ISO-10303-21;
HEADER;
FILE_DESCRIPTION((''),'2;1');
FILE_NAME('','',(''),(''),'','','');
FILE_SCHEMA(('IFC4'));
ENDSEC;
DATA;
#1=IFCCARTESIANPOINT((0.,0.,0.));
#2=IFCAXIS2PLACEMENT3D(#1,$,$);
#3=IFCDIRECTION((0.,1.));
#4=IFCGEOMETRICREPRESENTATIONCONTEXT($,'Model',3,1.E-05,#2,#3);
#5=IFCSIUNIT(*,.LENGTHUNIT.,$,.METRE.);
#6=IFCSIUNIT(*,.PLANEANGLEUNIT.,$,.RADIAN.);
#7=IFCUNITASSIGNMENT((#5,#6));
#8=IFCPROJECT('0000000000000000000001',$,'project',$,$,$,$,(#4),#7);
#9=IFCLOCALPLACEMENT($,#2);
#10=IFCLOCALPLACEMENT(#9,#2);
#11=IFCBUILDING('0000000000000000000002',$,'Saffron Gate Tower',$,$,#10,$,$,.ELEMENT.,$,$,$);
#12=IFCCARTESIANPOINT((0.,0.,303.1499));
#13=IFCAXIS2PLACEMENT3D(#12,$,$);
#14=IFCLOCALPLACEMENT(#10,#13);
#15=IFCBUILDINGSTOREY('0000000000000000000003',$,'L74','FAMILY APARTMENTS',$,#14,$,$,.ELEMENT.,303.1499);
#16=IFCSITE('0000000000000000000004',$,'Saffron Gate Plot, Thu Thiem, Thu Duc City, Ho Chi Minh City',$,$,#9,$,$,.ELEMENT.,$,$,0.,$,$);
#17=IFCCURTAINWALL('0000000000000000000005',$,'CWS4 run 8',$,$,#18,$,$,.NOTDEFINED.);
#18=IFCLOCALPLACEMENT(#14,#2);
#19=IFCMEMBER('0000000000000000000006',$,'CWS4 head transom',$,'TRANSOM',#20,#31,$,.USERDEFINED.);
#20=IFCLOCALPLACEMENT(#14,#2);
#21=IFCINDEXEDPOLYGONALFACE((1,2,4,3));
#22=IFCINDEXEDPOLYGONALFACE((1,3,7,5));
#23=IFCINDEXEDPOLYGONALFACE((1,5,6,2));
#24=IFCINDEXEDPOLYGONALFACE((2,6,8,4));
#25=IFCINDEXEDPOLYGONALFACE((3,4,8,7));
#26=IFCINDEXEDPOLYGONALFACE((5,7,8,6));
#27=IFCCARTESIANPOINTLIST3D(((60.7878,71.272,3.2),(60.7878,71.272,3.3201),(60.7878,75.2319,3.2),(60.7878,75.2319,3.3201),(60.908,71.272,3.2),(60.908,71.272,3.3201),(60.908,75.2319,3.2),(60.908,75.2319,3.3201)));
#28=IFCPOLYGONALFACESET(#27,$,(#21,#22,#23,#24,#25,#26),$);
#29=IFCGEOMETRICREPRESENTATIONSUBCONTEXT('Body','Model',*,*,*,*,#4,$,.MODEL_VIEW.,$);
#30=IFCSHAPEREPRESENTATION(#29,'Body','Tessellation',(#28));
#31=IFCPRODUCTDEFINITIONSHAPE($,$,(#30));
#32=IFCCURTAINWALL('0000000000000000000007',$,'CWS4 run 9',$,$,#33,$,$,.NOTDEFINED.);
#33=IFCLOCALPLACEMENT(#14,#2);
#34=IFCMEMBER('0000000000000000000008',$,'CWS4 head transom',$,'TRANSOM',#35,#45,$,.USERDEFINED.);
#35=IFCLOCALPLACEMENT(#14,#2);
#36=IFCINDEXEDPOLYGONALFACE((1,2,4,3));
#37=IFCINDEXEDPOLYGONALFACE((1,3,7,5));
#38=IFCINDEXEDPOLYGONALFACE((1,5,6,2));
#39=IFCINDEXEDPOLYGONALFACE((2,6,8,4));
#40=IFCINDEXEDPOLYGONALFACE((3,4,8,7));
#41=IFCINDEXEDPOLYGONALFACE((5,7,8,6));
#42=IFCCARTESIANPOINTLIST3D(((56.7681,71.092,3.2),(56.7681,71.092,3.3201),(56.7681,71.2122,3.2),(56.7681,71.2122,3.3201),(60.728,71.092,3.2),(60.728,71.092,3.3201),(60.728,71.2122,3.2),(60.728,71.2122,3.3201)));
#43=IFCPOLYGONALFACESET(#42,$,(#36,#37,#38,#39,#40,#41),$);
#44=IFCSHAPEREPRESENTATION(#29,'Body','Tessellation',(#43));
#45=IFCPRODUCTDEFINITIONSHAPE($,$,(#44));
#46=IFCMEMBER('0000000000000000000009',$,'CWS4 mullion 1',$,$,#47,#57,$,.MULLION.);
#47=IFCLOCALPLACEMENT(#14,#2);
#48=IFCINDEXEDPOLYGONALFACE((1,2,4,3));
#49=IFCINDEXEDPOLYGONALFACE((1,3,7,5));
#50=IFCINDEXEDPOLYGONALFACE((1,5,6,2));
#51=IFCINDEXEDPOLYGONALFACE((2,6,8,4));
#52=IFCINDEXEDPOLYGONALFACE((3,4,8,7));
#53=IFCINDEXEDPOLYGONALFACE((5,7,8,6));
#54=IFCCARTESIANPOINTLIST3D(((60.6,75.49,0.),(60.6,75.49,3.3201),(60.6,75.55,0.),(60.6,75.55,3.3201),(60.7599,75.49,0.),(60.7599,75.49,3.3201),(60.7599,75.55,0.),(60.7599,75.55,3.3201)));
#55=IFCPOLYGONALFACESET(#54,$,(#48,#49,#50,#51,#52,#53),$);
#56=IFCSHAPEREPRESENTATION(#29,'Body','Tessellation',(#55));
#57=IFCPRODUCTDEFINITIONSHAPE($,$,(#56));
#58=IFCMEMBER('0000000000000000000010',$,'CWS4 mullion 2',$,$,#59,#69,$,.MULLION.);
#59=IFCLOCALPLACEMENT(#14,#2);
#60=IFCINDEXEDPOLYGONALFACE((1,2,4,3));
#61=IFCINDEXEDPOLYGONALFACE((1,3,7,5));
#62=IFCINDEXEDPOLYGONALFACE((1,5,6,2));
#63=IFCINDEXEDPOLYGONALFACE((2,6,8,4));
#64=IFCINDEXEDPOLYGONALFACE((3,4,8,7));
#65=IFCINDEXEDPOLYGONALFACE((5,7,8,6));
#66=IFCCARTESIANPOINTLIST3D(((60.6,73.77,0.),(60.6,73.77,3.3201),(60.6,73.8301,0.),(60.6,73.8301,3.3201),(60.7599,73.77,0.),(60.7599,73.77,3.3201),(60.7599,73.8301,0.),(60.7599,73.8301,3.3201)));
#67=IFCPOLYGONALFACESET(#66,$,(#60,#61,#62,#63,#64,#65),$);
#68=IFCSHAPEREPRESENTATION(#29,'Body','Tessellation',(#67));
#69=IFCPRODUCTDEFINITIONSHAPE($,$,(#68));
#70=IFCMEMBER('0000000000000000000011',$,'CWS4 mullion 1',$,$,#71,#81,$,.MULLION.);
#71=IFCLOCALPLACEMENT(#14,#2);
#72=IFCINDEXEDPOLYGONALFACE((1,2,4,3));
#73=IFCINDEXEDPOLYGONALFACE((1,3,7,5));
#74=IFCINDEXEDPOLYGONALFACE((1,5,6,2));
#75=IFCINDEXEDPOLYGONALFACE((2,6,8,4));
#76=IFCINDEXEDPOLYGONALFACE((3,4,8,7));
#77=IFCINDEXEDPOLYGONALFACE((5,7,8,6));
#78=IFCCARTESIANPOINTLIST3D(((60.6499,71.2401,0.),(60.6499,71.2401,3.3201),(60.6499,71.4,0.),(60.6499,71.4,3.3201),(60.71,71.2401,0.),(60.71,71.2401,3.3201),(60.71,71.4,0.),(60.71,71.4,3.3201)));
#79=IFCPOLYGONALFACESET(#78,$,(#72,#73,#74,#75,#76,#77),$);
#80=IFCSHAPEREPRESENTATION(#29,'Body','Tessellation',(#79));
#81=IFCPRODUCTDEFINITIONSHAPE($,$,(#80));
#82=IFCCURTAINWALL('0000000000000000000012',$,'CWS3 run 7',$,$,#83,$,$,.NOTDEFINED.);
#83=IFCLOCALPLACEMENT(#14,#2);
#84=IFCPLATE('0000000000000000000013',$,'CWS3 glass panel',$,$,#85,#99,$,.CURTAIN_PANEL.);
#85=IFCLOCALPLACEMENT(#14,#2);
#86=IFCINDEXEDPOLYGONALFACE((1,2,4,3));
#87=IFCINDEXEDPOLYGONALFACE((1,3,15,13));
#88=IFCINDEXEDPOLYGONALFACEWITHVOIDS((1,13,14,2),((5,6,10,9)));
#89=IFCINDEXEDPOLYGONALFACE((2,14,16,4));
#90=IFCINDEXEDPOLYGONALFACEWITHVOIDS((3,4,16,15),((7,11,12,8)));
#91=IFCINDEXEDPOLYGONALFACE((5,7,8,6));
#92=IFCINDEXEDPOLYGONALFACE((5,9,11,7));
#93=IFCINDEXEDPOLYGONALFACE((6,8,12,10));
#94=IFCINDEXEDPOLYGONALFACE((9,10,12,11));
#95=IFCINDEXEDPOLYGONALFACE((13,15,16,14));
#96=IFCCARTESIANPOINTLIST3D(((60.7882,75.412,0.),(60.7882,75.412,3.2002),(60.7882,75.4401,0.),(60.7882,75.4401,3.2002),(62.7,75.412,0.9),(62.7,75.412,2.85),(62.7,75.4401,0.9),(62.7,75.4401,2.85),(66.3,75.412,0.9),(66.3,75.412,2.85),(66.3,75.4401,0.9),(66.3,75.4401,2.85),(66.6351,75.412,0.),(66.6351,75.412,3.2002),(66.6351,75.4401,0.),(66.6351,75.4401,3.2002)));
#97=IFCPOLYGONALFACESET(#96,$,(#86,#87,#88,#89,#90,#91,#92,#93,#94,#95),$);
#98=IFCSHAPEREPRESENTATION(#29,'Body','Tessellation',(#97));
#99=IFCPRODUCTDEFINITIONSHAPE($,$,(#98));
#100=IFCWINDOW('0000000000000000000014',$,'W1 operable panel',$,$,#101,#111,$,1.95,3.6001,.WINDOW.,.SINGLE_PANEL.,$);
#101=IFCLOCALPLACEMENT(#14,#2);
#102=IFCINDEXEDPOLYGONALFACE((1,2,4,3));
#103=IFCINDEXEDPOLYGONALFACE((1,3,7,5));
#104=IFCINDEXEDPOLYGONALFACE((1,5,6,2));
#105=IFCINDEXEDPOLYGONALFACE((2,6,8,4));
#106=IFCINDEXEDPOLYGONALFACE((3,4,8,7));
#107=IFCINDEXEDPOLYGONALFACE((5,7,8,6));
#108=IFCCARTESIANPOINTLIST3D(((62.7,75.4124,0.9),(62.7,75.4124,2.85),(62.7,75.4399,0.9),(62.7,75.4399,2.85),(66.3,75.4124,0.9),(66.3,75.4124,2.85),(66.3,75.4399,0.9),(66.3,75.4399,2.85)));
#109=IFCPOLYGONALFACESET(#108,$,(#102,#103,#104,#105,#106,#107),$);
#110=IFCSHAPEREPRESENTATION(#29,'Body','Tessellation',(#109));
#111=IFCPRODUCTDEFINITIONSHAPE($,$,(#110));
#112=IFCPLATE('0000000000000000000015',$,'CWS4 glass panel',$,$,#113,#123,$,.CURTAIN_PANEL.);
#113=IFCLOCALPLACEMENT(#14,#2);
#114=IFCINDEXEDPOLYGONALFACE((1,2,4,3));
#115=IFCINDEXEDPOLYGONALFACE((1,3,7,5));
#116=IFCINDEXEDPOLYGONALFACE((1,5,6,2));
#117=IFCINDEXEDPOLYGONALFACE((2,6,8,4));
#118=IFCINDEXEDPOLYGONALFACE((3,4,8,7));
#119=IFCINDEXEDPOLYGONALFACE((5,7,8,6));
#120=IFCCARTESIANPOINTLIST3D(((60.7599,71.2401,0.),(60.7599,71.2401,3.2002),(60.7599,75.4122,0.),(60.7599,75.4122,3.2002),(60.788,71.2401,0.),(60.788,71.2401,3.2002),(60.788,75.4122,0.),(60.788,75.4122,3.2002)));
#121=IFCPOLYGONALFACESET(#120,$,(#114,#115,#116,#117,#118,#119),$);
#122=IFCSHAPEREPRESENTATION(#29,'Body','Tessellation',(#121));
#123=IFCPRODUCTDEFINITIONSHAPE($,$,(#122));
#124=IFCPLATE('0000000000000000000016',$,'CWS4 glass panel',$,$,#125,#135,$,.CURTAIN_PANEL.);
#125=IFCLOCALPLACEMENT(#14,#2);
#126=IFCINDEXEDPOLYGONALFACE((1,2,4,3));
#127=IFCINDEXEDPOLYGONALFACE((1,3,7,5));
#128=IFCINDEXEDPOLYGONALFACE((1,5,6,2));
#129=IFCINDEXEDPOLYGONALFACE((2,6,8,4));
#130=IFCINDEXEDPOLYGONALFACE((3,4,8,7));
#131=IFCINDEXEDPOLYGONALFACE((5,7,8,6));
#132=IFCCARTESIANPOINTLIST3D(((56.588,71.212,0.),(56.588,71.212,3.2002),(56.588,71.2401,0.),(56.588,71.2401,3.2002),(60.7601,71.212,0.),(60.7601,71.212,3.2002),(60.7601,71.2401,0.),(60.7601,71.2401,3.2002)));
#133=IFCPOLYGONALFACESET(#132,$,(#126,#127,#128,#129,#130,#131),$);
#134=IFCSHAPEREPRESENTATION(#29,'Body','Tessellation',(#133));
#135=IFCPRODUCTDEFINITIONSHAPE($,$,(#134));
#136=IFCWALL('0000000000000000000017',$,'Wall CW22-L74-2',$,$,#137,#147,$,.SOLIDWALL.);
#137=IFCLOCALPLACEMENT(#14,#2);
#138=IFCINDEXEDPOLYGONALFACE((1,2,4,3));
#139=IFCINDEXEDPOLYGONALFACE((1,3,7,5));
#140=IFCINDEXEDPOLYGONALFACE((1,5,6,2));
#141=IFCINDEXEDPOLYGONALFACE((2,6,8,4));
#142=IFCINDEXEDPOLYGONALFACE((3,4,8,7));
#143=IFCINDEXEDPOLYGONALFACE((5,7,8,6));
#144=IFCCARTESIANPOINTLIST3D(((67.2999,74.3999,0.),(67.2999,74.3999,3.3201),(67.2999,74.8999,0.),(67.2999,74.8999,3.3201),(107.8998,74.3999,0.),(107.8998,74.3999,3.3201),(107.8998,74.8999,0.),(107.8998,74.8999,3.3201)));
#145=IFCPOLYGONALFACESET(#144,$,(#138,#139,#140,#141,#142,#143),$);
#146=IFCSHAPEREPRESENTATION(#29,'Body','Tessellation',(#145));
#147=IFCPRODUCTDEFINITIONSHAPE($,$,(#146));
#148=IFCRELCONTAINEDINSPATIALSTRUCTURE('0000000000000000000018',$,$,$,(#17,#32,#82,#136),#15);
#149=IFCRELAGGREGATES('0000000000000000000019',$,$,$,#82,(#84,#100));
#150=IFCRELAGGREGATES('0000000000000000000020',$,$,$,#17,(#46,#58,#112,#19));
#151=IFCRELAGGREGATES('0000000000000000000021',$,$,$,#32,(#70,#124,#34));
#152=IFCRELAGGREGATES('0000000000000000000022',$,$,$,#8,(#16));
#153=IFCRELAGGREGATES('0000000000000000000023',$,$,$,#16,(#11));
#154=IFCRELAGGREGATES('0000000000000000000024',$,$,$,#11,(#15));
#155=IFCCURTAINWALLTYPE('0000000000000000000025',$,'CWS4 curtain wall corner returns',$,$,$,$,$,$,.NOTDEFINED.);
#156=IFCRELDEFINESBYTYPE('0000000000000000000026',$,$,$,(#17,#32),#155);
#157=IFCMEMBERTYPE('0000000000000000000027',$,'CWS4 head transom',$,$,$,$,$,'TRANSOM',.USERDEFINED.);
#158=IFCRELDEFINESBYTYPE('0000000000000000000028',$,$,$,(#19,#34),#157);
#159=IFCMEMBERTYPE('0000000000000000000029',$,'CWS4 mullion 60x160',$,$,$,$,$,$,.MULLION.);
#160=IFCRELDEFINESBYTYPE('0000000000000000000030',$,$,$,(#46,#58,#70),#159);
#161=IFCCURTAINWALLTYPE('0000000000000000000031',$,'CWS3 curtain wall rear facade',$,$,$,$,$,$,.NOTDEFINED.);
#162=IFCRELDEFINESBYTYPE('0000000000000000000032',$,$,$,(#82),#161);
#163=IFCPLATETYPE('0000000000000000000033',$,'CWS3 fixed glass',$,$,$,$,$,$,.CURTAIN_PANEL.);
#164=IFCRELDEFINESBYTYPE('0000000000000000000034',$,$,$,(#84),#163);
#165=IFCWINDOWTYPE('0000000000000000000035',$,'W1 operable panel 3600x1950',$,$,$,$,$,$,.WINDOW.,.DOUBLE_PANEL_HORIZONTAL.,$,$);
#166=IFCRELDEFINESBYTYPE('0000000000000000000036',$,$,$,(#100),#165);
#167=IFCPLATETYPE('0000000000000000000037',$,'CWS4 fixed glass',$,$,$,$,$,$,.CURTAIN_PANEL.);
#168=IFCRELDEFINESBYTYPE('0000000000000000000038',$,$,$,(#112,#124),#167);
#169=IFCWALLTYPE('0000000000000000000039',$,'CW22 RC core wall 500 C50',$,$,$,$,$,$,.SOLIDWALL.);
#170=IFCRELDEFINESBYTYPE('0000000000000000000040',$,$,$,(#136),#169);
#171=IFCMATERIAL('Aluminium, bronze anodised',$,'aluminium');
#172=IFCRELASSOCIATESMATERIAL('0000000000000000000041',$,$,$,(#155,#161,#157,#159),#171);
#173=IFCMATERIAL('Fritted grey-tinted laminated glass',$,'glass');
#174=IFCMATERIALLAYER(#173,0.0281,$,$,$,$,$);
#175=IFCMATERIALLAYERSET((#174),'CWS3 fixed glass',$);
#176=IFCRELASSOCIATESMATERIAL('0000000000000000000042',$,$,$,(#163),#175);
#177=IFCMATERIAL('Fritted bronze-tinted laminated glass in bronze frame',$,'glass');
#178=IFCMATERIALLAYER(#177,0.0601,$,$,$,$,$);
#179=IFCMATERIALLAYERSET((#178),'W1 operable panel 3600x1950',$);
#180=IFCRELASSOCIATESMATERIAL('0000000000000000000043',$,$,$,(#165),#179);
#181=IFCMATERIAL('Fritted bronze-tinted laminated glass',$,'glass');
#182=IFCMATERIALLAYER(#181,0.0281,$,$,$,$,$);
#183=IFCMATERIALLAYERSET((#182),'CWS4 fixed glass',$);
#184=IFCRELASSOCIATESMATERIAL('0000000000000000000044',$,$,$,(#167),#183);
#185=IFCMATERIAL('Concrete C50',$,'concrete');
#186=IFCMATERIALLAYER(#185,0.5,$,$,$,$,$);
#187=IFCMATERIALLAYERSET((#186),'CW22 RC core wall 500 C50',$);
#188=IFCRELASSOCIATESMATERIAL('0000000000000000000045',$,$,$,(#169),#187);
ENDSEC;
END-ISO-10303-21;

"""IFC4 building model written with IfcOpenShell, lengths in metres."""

from ifc_helpers import new_model, si_unit, direction, frame, frame_2d, origin, origin_2d, place, context, subcontext, project, spatial, rectangle, extrude, material, layer, layer_set, material_profile, profile_set, type_object, element, fill, aggregate, save


model = new_model("IFC4")

# Units and contexts
model_context = context("Model", 3, precision=1e-05, world=origin(), true_north=direction((0.0, 1.0)))
body_context = subcontext(model_context, "Body", "Model", "MODEL_VIEW")
ifc_project = project(units=[si_unit("LENGTHUNIT", "METRE"), si_unit("PLANEANGLEUNIT", "RADIAN")], contexts=[model_context])

# Site, building, storey
site_placement = place(None, origin())
site = spatial("IfcSite", under=ifc_project, at=site_placement, Name="Saffron Gate Plot, Thu Thiem, Thu Duc City, Ho Chi Minh City", CompositionType="ELEMENT", RefElevation=0.0)
building_placement = place(site_placement, origin())
building = spatial("IfcBuilding", under=site, at=building_placement, Name="Saffron Gate Tower", CompositionType="ELEMENT")
storey_placement = place(building_placement, frame((0.0, 0.0, 303.1499)))
storey = spatial("IfcBuildingStorey", under=building, at=storey_placement, Name="L74", Description="FAMILY APARTMENTS", CompositionType="ELEMENT", Elevation=303.1499)

# Curtain walls, members
ifc_material_1 = material(Name="Aluminium, bronze anodised", Category="aluminium")
curtain_wall_type_1 = type_object("IfcCurtainWallType", Name="CWS4 curtain wall corner returns", PredefinedType="NOTDEFINED", material=ifc_material_1)
curtain_wall_1_placement = place(storey_placement, origin())
curtain_wall_1 = element("IfcCurtainWall", 1, at=curtain_wall_1_placement, inside=storey, type_object=curtain_wall_type_1, Name="CWS4 run 8", PredefinedType="NOTDEFINED")
ifc_material_profile_1 = material_profile(ifc_material_1, rectangle(XDim=0.1201, YDim=0.1201, at=origin_2d()))
ifc_profile_set_1 = profile_set([ifc_material_profile_1], Name="Aluminium, bronze anodised")
member_type_1 = type_object("IfcMemberType", Name="CWS4 head transom", ElementType="TRANSOM", PredefinedType="USERDEFINED", material=ifc_profile_set_1)
member_1_placement = place(storey_placement, frame((60.8479, 75.2319, 3.26), z_axis=(0.0, -1.0, 0.0), x_axis=(1.0, 0.0, 0.0)))
member_1 = element("IfcMember", 2, at=member_1_placement, type_object=member_type_1, Name="CWS4 head transom", ObjectType="TRANSOM", PredefinedType="USERDEFINED", context=body_context, shape_type="SweptSolid", body=[
    extrude(rectangle(XDim=0.1201, YDim=0.1201, at=origin_2d()), origin(), (0.0, 0.0, 1.0), 3.96),
])
curtain_wall_2_placement = place(storey_placement, origin())
curtain_wall_2 = element("IfcCurtainWall", 3, at=curtain_wall_2_placement, inside=storey, type_object=curtain_wall_type_1, Name="CWS4 run 9", PredefinedType="NOTDEFINED")
member_2_placement = place(storey_placement, frame((60.728, 71.1521, 3.26), z_axis=(-1.0, 0.0, 0.0), x_axis=(0.0, -1.0, 0.0)))
member_2 = element("IfcMember", 4, at=member_2_placement, type_object=member_type_1, Name="CWS4 head transom", ObjectType="TRANSOM", PredefinedType="USERDEFINED", context=body_context, shape_type="SweptSolid", body=[
    extrude(rectangle(XDim=0.1201, YDim=0.1201, at=origin_2d()), origin(), (0.0, 0.0, 1.0), 3.96),
])

# Members
ifc_material_profile_2 = material_profile(ifc_material_1, rectangle(XDim=0.1599, YDim=0.0601, at=origin_2d()))
ifc_profile_set_2 = profile_set([ifc_material_profile_2], Name="Aluminium, bronze anodised")
member_type_2 = type_object("IfcMemberType", Name="CWS4 mullion 60x160", PredefinedType="MULLION", material=ifc_profile_set_2)
member_3_placement = place(storey_placement, frame((60.6799, 75.52, 0.0), z_axis=(0.0, 0.0, 1.0), x_axis=(1.0, 0.0, 0.0)))
member_3 = element("IfcMember", 5, at=member_3_placement, type_object=member_type_2, Name="CWS4 mullion 1", PredefinedType="MULLION", context=body_context, shape_type="SweptSolid", body=[
    extrude(rectangle(XDim=0.1599, YDim=0.0601, at=origin_2d()), origin(), (0.0, 0.0, 1.0), 3.3201),
])
member_4_placement = place(storey_placement, frame((60.6799, 73.8, 0.0), z_axis=(0.0, 0.0, 1.0), x_axis=(1.0, 0.0, 0.0)))
member_4 = element("IfcMember", 6, at=member_4_placement, type_object=member_type_2, Name="CWS4 mullion 2", PredefinedType="MULLION", context=body_context, shape_type="SweptSolid", body=[
    extrude(rectangle(XDim=0.1599, YDim=0.0601, at=origin_2d()), origin(), (0.0, 0.0, 1.0), 3.3201),
])
member_5_placement = place(storey_placement, frame((60.6799, 71.3201, 0.0), z_axis=(0.0, 0.0, 1.0), x_axis=(0.0, -1.0, 0.0)))
member_5 = element("IfcMember", 7, at=member_5_placement, type_object=member_type_2, Name="CWS4 mullion 1", PredefinedType="MULLION", context=body_context, shape_type="SweptSolid", body=[
    extrude(rectangle(XDim=0.1599, YDim=0.0601, at=origin_2d()), origin(), (0.0, 0.0, 1.0), 3.3201),
])

# Curtain wall, plate, opening, window
curtain_wall_type_2 = type_object("IfcCurtainWallType", Name="CWS3 curtain wall rear facade", PredefinedType="NOTDEFINED", material=ifc_material_1)
curtain_wall_3_placement = place(storey_placement, origin())
curtain_wall_3 = element("IfcCurtainWall", 8, at=curtain_wall_3_placement, inside=storey, type_object=curtain_wall_type_2, Name="CWS3 run 7", PredefinedType="NOTDEFINED")
ifc_material_2 = material(Name="Fritted grey-tinted laminated glass", Category="glass")
ifc_layer_1 = layer(ifc_material_2, 0.0281)
ifc_layer_set_1 = layer_set([ifc_layer_1], Name="CWS3 fixed glass")
plate_type_1 = type_object("IfcPlateType", Name="CWS3 fixed glass", PredefinedType="CURTAIN_PANEL", material=ifc_layer_set_1)
plate_1_placement = place(storey_placement, frame((66.635, 75.426, 0.0), z_axis=(0.0, 0.0, 1.0), x_axis=(-1.0, 0.0, 0.0)))
plate_1 = element("IfcPlate", 9, at=plate_1_placement, type_object=plate_type_1, Name="CWS3 glass panel", PredefinedType="CURTAIN_PANEL", context=body_context, shape_type="SweptSolid", body=[
    extrude(rectangle(XDim=5.8469, YDim=0.0281, at=frame_2d((2.9233, 0.0))), origin(), (0.0, 0.0, 1.0), 3.2002),
])
opening_placement = place(plate_1_placement, frame((0.335, 0.0, 0.8999)))
opening = element("IfcOpeningElement", 10, at=opening_placement, cuts=plate_1, PredefinedType="OPENING", context=body_context, shape_type="SweptSolid", body=[
    extrude(rectangle(XDim=3.6001, YDim=1.95, at=frame_2d((1.8, 0.9751))), frame((0.0, 0.0239, 0.0), z_axis=(0.0, -1.0, 0.0), x_axis=(1.0, 0.0, 0.0)), (0.0, 0.0, 1.0), 0.0481),
])
ifc_material_3 = material(Name="Fritted bronze-tinted laminated glass in bronze frame", Category="glass")
ifc_layer_2 = layer(ifc_material_3, 0.0601)
ifc_layer_set_2 = layer_set([ifc_layer_2], Name="W1 operable panel 3600x1950")
window_type = type_object("IfcWindowType", Name="W1 operable panel 3600x1950", PartitioningType="DOUBLE_PANEL_HORIZONTAL", PredefinedType="WINDOW", material=ifc_layer_set_2)
window_placement = place(opening_placement, origin())
window = element("IfcWindow", 11, at=window_placement, type_object=window_type, Name="W1 operable panel", OverallHeight=1.95, OverallWidth=3.6001, PartitioningType="SINGLE_PANEL", PredefinedType="WINDOW", context=body_context, shape_type="SweptSolid", body=[
    extrude(rectangle(XDim=3.6001, YDim=1.95, at=frame_2d((1.8, 0.9751))), frame((0.0, 0.0137, 0.0), z_axis=(0.0, -1.0, 0.0), x_axis=(1.0, 0.0, 0.0)), (0.0, 0.0, 1.0), 0.0276),
])
fill(opening, window)
aggregate(curtain_wall_3, [plate_1, window])

# Plates
ifc_material_4 = material(Name="Fritted bronze-tinted laminated glass", Category="glass")
ifc_layer_3 = layer(ifc_material_4, 0.0281)
ifc_layer_set_3 = layer_set([ifc_layer_3], Name="CWS4 fixed glass")
plate_type_2 = type_object("IfcPlateType", Name="CWS4 fixed glass", PredefinedType="CURTAIN_PANEL", material=ifc_layer_set_3)
plate_2_placement = place(storey_placement, frame((60.7739, 75.4121, 0.0), z_axis=(0.0, 0.0, 1.0), x_axis=(0.0, -1.0, 0.0)))
plate_2 = element("IfcPlate", 12, at=plate_2_placement, type_object=plate_type_2, Name="CWS4 glass panel", PredefinedType="CURTAIN_PANEL", context=body_context, shape_type="SweptSolid", body=[
    extrude(rectangle(XDim=4.1721, YDim=0.0281, at=frame_2d((2.0859, 0.0))), origin(), (0.0, 0.0, 1.0), 3.2002),
])
aggregate(curtain_wall_1, [member_3, member_4, plate_2, member_1])
plate_3_placement = place(storey_placement, frame((60.76, 71.2261, 0.0), z_axis=(0.0, 0.0, 1.0), x_axis=(-1.0, 0.0, 0.0)))
plate_3 = element("IfcPlate", 13, at=plate_3_placement, type_object=plate_type_2, Name="CWS4 glass panel", PredefinedType="CURTAIN_PANEL", context=body_context, shape_type="SweptSolid", body=[
    extrude(rectangle(XDim=4.1721, YDim=0.0281, at=frame_2d((2.0859, 0.0))), origin(), (0.0, 0.0, 1.0), 3.2002),
])
aggregate(curtain_wall_2, [member_5, plate_3, member_2])

# Wall
ifc_material_5 = material(Name="Concrete C50", Category="concrete")
ifc_layer_4 = layer(ifc_material_5, 0.5)
ifc_layer_set_4 = layer_set([ifc_layer_4], Name="CW22 RC core wall 500 C50")
wall_type = type_object("IfcWallType", Name="CW22 RC core wall 500 C50", PredefinedType="SOLIDWALL", material=ifc_layer_set_4)
wall_placement = place(storey_placement, frame((67.3, 74.6499, 0.0), z_axis=(0.0, 0.0, 1.0), x_axis=(1.0, 0.0, 0.0)))
element("IfcWall", 14, at=wall_placement, inside=storey, type_object=wall_type, Name="Wall CW22-L74-2", PredefinedType="SOLIDWALL", context=body_context, shape_type="SweptSolid", body=[
    extrude(rectangle(XDim=40.5999, YDim=0.5, at=frame_2d((20.2998, 0.0))), origin(), (0.0, 0.0, 1.0), 3.3201),
])

save(model, "model.ifc")
